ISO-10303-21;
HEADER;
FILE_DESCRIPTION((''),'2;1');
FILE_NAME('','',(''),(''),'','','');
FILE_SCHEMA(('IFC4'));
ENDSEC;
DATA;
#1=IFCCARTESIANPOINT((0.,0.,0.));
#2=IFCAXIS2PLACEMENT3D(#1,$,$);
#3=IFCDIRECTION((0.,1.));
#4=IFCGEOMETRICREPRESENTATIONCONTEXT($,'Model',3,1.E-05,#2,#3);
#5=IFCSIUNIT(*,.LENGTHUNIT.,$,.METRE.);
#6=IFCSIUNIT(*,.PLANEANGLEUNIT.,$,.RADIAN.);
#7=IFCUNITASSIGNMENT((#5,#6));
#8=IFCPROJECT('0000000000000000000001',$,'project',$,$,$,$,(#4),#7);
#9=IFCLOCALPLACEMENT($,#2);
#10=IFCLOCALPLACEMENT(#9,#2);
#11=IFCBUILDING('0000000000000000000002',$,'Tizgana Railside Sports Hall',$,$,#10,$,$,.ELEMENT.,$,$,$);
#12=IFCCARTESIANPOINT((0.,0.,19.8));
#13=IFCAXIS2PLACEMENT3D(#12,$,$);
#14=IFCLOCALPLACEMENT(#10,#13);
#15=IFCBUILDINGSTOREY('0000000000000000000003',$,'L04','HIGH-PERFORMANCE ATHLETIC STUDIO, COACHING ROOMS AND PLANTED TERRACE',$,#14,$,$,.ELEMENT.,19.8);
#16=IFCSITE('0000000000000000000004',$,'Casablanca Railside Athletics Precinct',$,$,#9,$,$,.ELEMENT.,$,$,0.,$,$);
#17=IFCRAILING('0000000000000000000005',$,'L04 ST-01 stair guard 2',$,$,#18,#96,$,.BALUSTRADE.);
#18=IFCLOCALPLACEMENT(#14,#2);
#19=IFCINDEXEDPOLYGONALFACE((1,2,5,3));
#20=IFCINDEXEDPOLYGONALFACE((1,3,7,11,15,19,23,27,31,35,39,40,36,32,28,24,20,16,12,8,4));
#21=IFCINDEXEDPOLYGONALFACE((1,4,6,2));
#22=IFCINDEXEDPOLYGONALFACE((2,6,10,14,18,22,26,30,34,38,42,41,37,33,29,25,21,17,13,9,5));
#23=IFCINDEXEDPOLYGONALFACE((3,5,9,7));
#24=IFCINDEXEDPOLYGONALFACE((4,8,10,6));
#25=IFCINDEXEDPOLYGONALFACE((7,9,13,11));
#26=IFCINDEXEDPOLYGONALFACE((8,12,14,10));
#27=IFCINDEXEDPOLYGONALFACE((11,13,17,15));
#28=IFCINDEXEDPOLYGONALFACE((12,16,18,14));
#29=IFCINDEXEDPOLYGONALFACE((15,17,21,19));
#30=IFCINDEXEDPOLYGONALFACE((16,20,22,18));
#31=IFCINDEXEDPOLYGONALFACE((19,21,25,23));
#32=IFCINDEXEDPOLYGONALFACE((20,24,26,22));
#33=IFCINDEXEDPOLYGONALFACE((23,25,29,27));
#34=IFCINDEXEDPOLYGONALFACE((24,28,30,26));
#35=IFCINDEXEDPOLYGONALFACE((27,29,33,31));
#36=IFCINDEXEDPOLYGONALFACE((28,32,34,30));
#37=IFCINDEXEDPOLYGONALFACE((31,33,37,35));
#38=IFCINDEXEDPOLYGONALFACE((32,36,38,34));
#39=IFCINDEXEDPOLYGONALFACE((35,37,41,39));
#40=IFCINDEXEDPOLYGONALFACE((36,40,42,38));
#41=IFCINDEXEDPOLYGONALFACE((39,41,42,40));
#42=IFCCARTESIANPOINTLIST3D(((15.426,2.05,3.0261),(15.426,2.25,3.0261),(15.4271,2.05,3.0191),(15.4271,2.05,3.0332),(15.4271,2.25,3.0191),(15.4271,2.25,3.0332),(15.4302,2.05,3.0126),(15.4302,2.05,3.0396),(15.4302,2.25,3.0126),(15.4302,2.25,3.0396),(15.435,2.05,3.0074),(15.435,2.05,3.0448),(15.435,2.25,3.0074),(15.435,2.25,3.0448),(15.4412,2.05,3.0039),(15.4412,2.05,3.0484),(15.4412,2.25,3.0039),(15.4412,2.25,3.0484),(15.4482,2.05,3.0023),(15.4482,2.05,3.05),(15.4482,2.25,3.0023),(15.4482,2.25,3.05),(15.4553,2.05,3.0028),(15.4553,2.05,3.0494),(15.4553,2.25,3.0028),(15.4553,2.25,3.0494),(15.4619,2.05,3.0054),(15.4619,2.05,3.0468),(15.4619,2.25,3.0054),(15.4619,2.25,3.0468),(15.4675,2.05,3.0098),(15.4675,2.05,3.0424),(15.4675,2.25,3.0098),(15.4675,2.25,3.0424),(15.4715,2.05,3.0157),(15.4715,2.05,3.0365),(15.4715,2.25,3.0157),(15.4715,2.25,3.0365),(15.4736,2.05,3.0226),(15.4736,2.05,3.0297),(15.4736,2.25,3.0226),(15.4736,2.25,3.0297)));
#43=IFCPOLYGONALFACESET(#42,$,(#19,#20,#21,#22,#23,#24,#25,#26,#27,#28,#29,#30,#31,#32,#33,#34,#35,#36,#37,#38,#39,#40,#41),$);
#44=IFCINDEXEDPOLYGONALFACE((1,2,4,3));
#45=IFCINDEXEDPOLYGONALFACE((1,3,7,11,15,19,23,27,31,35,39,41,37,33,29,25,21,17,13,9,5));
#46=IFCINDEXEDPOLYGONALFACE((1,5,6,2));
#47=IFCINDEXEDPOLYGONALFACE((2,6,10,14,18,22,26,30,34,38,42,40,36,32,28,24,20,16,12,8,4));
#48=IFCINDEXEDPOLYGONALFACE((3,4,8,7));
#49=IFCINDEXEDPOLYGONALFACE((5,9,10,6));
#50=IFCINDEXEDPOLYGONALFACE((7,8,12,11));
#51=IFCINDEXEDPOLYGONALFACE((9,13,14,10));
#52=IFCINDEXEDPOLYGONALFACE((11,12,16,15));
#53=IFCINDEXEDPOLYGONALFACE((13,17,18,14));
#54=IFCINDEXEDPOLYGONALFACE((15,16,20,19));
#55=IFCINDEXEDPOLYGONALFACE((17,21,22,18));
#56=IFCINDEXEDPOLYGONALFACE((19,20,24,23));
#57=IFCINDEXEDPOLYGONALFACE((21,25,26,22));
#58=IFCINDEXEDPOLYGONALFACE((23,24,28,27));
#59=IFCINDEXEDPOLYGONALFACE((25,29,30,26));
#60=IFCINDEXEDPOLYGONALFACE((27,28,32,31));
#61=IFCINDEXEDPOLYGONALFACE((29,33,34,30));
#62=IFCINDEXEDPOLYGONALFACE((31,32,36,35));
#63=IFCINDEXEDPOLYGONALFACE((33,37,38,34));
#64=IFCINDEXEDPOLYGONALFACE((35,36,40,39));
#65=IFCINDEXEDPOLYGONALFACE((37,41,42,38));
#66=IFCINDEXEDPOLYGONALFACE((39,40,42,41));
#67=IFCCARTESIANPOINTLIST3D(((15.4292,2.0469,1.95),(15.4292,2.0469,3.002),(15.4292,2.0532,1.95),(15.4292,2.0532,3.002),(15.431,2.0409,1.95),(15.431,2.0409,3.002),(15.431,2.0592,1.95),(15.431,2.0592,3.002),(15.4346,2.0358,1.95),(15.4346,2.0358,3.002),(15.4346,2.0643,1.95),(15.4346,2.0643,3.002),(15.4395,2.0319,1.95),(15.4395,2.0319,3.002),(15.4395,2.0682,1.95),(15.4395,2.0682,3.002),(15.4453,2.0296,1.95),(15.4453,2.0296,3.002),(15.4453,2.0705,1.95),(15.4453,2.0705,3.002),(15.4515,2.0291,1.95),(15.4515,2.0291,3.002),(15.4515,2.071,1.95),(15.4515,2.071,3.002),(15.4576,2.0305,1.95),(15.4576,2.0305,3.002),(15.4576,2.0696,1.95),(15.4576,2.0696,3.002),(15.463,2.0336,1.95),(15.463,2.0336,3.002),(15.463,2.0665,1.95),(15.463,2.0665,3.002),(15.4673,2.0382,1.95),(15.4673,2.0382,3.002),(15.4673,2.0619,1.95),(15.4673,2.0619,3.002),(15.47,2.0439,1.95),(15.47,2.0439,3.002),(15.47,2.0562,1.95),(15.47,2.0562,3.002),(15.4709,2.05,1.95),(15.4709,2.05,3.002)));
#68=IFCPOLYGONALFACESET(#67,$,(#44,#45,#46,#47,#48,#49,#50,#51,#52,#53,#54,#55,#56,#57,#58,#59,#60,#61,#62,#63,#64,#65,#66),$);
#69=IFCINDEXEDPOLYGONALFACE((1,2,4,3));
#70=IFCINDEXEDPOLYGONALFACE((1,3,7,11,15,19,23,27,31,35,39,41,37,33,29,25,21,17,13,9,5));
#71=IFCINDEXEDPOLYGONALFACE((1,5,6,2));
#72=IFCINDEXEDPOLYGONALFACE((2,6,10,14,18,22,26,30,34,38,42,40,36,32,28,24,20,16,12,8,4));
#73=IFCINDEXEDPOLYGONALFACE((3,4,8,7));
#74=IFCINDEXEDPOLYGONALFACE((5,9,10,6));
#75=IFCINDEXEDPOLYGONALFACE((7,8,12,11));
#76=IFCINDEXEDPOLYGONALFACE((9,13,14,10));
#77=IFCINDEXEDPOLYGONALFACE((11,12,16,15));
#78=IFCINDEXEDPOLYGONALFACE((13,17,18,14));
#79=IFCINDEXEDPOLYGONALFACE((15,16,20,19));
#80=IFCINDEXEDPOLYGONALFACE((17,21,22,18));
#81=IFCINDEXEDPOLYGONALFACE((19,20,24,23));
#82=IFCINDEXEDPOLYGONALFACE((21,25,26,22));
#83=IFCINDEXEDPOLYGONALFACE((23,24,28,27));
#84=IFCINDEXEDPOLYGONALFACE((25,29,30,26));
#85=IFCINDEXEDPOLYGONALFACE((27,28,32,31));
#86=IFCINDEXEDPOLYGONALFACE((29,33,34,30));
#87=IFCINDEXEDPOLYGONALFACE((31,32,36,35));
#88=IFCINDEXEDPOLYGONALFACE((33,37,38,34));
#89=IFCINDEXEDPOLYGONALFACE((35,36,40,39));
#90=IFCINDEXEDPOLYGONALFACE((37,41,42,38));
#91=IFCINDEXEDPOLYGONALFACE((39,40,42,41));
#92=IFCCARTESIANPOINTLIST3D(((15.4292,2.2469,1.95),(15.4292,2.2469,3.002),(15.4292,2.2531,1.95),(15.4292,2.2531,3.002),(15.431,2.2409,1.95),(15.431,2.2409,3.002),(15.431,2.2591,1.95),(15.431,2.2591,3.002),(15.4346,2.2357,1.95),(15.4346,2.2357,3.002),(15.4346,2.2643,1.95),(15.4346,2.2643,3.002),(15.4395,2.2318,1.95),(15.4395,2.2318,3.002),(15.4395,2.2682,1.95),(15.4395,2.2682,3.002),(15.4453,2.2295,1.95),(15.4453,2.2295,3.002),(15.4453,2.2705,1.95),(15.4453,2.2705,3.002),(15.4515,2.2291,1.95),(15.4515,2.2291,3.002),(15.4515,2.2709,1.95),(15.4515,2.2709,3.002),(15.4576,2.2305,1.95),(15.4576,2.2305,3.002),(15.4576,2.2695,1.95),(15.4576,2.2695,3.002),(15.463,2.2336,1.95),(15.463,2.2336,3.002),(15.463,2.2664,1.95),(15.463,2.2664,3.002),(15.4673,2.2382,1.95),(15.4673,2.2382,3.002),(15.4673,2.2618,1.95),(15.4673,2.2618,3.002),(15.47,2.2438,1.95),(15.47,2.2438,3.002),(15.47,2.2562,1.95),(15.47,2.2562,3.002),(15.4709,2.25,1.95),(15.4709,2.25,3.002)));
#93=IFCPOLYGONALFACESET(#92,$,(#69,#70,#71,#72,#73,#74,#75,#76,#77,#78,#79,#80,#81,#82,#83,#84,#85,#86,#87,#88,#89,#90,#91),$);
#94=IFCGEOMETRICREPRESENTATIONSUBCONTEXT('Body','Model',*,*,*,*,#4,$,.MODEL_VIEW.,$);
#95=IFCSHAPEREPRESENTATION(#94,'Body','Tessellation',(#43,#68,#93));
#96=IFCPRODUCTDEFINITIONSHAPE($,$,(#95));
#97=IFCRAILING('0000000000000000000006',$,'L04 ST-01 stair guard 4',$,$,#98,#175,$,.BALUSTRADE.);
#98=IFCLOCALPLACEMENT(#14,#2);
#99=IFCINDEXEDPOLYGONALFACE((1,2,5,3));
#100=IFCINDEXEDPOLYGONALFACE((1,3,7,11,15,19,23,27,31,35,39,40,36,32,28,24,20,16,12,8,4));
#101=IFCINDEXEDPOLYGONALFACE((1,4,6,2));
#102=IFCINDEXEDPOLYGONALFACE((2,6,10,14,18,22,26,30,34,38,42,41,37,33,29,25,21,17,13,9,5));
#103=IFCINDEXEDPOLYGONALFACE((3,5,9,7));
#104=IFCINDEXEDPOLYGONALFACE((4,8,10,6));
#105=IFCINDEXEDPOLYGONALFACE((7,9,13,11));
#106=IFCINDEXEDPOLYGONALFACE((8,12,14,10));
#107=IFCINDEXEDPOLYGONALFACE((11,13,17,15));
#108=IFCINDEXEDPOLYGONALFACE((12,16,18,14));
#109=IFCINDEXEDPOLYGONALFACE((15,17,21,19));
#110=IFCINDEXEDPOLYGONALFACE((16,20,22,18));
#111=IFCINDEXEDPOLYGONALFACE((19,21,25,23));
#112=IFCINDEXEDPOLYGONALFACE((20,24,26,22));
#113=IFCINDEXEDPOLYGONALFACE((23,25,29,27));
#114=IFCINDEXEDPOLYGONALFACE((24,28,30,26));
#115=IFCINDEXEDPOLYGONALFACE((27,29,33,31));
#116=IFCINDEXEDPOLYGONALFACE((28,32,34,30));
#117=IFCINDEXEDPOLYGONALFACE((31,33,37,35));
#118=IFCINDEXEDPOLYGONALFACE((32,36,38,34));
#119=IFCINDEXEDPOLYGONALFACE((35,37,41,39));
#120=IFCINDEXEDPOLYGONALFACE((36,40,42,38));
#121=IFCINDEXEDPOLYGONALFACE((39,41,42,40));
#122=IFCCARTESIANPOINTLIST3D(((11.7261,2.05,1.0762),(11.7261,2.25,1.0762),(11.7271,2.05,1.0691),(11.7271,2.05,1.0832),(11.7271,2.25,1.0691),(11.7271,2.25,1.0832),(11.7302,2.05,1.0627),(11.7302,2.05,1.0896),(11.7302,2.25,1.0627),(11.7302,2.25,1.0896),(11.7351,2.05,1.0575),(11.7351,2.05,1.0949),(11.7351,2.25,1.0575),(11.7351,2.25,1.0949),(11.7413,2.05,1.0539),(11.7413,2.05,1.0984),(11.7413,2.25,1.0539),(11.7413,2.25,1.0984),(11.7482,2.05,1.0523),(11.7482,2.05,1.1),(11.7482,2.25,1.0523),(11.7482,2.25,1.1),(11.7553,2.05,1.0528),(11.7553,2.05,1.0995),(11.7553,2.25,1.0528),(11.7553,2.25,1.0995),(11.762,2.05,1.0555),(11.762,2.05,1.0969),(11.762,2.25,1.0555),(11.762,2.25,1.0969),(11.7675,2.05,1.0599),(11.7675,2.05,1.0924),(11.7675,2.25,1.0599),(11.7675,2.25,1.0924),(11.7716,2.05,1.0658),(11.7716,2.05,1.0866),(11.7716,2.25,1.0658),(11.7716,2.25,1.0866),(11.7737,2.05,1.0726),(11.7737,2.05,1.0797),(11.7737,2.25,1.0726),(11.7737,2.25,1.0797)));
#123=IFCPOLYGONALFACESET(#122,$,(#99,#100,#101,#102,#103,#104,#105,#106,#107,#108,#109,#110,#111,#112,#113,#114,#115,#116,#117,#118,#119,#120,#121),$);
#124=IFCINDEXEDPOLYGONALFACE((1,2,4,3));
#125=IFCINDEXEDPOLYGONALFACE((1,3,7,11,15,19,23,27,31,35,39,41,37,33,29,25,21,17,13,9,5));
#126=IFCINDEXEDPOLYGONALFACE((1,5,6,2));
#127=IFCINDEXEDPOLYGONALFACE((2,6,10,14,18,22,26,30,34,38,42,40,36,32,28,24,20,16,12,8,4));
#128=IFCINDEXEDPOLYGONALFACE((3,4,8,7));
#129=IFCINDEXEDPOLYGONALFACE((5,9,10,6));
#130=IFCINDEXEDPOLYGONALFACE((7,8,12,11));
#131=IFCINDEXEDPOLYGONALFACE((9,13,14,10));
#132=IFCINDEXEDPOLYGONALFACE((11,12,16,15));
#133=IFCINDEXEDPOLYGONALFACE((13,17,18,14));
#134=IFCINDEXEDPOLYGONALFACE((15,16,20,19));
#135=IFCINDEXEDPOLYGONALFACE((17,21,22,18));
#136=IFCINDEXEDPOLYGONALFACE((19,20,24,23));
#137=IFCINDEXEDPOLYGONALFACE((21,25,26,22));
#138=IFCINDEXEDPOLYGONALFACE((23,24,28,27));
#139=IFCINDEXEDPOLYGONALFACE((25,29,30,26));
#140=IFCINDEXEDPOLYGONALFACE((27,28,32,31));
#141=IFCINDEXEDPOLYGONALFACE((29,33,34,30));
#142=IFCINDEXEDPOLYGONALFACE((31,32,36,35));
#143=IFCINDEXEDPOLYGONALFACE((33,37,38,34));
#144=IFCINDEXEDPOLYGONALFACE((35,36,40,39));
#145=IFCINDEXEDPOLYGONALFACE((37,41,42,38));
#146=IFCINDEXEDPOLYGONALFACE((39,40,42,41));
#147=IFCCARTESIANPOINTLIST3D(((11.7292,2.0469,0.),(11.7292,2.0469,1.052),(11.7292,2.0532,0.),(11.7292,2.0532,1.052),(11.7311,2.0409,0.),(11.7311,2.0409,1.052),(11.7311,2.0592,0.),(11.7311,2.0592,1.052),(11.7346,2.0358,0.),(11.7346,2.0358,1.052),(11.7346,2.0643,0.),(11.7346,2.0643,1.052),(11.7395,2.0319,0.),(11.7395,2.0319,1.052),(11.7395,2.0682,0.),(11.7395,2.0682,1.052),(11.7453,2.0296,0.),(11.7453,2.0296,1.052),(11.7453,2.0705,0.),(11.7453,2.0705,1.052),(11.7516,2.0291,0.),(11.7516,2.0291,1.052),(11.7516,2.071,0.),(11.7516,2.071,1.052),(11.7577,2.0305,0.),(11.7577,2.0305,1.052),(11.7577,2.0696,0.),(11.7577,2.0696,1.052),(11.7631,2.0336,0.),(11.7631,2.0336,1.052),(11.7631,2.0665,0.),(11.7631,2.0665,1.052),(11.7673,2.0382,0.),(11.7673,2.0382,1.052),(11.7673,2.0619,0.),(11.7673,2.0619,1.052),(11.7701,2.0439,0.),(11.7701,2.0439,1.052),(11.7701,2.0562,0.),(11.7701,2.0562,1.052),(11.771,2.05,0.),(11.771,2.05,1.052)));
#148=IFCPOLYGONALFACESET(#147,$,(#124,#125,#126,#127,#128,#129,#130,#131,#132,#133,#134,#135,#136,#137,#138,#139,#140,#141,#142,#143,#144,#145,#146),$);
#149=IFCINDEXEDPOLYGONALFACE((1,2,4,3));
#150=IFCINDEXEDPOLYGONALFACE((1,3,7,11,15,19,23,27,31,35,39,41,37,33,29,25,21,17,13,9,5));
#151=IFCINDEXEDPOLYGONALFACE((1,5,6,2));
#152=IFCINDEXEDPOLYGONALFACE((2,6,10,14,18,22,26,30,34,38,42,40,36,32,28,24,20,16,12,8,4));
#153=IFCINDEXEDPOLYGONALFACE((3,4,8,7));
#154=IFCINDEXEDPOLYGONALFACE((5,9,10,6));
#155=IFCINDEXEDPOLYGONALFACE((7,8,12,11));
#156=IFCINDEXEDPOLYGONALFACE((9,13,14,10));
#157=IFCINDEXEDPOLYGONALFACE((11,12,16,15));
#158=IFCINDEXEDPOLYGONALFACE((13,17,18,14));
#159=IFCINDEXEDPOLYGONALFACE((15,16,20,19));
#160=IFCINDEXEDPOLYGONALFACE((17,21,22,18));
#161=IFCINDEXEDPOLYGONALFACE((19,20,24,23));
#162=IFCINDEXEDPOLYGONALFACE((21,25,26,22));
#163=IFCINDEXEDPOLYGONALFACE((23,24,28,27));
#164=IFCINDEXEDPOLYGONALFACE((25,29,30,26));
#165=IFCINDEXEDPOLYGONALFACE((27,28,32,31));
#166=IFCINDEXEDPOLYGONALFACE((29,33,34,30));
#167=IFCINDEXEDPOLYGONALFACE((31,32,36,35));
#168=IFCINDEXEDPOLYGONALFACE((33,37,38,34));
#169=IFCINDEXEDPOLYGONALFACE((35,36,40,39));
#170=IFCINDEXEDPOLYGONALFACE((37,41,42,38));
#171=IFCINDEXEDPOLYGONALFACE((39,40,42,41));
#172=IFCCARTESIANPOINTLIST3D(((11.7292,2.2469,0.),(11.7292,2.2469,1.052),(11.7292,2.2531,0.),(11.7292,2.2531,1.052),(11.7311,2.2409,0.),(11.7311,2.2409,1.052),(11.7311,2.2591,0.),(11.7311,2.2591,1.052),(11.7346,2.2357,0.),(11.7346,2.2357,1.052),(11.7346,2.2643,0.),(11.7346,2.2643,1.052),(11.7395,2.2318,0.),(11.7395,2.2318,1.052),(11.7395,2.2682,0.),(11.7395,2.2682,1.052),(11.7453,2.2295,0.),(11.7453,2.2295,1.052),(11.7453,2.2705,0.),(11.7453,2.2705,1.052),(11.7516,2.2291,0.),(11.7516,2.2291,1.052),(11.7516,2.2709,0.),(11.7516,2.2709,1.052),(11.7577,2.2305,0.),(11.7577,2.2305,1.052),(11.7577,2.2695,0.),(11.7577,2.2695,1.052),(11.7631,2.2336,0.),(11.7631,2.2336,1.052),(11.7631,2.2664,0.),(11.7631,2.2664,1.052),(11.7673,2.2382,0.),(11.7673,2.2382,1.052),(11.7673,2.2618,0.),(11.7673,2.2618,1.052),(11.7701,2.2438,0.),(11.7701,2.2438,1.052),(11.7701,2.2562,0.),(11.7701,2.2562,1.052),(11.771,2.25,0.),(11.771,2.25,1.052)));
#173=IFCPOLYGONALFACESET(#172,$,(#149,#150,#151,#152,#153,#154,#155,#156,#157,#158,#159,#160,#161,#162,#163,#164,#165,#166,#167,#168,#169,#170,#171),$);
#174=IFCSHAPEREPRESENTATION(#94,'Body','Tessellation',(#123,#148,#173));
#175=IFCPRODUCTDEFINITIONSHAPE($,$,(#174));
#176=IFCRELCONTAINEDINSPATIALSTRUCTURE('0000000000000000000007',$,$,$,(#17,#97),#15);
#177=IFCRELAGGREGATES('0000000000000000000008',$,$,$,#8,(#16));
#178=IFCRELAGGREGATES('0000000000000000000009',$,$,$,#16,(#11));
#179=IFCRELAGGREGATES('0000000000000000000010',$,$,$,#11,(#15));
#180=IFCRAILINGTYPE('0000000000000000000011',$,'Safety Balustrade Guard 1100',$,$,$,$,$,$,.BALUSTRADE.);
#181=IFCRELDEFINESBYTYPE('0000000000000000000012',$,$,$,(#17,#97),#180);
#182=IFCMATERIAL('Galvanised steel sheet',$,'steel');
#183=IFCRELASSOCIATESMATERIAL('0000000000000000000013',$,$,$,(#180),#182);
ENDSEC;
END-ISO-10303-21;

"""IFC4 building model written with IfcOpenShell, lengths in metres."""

from ifc_helpers import new_model, si_unit, direction, frame, origin, origin_2d, place, context, subcontext, project, spatial, circle, extrude, material, type_object, element, save


model = new_model("IFC4")

# Units and contexts
model_context = context("Model", 3, precision=1e-05, world=origin(), true_north=direction((0.0, 1.0)))
body_context = subcontext(model_context, "Body", "Model", "MODEL_VIEW")
ifc_project = project(units=[si_unit("LENGTHUNIT", "METRE"), si_unit("PLANEANGLEUNIT", "RADIAN")], contexts=[model_context])

# Site, building, storey
site_placement = place(None, origin())
site = spatial("IfcSite", under=ifc_project, at=site_placement, Name="Casablanca Railside Athletics Precinct", CompositionType="ELEMENT", RefElevation=0.0)
building_placement = place(site_placement, origin())
building = spatial("IfcBuilding", under=site, at=building_placement, Name="Tizgana Railside Sports Hall", CompositionType="ELEMENT")
storey_placement = place(building_placement, frame((0.0, 0.0, 19.8)))
storey = spatial("IfcBuildingStorey", under=building, at=storey_placement, Name="L04", Description="HIGH-PERFORMANCE ATHLETIC STUDIO, COACHING ROOMS AND PLANTED TERRACE", CompositionType="ELEMENT", Elevation=19.8)

# Railings
ifc_material_1 = material(Name="Galvanised steel sheet", Category="steel")
railing_type_1 = type_object("IfcRailingType", Name="Safety Balustrade Guard 1100", PredefinedType="BALUSTRADE", material=ifc_material_1)
for number, where, name in (
    (1, (15.45, 2.05, 1.95), "L04 ST-01 stair guard 2"),
    (2, (11.75, 2.05, 0.0), "L04 ST-01 stair guard 4"),
):
    element("IfcRailing", number, at=place(storey_placement, frame(where)), inside=storey, type_object=railing_type_1, Name=name, PredefinedType="BALUSTRADE", context=body_context, shape_type="SweptSolid", body=[
        extrude(circle(Radius=0.0239, at=origin_2d()), frame((0.0, 0.0, 1.0762), z_axis=(0.0, 1.0, 0.0), x_axis=(-1.0, 0.0, 0.0)), (0.0, 0.0, 1.0), 0.2),
        extrude(circle(Radius=0.021, at=origin_2d()), origin(), (0.0, 0.0, 1.0), 1.052),
        extrude(circle(Radius=0.021, at=origin_2d()), frame((0.0, 0.2, 0.0)), (0.0, 0.0, 1.0), 1.052),
    ])

save(model, "model.ifc")
